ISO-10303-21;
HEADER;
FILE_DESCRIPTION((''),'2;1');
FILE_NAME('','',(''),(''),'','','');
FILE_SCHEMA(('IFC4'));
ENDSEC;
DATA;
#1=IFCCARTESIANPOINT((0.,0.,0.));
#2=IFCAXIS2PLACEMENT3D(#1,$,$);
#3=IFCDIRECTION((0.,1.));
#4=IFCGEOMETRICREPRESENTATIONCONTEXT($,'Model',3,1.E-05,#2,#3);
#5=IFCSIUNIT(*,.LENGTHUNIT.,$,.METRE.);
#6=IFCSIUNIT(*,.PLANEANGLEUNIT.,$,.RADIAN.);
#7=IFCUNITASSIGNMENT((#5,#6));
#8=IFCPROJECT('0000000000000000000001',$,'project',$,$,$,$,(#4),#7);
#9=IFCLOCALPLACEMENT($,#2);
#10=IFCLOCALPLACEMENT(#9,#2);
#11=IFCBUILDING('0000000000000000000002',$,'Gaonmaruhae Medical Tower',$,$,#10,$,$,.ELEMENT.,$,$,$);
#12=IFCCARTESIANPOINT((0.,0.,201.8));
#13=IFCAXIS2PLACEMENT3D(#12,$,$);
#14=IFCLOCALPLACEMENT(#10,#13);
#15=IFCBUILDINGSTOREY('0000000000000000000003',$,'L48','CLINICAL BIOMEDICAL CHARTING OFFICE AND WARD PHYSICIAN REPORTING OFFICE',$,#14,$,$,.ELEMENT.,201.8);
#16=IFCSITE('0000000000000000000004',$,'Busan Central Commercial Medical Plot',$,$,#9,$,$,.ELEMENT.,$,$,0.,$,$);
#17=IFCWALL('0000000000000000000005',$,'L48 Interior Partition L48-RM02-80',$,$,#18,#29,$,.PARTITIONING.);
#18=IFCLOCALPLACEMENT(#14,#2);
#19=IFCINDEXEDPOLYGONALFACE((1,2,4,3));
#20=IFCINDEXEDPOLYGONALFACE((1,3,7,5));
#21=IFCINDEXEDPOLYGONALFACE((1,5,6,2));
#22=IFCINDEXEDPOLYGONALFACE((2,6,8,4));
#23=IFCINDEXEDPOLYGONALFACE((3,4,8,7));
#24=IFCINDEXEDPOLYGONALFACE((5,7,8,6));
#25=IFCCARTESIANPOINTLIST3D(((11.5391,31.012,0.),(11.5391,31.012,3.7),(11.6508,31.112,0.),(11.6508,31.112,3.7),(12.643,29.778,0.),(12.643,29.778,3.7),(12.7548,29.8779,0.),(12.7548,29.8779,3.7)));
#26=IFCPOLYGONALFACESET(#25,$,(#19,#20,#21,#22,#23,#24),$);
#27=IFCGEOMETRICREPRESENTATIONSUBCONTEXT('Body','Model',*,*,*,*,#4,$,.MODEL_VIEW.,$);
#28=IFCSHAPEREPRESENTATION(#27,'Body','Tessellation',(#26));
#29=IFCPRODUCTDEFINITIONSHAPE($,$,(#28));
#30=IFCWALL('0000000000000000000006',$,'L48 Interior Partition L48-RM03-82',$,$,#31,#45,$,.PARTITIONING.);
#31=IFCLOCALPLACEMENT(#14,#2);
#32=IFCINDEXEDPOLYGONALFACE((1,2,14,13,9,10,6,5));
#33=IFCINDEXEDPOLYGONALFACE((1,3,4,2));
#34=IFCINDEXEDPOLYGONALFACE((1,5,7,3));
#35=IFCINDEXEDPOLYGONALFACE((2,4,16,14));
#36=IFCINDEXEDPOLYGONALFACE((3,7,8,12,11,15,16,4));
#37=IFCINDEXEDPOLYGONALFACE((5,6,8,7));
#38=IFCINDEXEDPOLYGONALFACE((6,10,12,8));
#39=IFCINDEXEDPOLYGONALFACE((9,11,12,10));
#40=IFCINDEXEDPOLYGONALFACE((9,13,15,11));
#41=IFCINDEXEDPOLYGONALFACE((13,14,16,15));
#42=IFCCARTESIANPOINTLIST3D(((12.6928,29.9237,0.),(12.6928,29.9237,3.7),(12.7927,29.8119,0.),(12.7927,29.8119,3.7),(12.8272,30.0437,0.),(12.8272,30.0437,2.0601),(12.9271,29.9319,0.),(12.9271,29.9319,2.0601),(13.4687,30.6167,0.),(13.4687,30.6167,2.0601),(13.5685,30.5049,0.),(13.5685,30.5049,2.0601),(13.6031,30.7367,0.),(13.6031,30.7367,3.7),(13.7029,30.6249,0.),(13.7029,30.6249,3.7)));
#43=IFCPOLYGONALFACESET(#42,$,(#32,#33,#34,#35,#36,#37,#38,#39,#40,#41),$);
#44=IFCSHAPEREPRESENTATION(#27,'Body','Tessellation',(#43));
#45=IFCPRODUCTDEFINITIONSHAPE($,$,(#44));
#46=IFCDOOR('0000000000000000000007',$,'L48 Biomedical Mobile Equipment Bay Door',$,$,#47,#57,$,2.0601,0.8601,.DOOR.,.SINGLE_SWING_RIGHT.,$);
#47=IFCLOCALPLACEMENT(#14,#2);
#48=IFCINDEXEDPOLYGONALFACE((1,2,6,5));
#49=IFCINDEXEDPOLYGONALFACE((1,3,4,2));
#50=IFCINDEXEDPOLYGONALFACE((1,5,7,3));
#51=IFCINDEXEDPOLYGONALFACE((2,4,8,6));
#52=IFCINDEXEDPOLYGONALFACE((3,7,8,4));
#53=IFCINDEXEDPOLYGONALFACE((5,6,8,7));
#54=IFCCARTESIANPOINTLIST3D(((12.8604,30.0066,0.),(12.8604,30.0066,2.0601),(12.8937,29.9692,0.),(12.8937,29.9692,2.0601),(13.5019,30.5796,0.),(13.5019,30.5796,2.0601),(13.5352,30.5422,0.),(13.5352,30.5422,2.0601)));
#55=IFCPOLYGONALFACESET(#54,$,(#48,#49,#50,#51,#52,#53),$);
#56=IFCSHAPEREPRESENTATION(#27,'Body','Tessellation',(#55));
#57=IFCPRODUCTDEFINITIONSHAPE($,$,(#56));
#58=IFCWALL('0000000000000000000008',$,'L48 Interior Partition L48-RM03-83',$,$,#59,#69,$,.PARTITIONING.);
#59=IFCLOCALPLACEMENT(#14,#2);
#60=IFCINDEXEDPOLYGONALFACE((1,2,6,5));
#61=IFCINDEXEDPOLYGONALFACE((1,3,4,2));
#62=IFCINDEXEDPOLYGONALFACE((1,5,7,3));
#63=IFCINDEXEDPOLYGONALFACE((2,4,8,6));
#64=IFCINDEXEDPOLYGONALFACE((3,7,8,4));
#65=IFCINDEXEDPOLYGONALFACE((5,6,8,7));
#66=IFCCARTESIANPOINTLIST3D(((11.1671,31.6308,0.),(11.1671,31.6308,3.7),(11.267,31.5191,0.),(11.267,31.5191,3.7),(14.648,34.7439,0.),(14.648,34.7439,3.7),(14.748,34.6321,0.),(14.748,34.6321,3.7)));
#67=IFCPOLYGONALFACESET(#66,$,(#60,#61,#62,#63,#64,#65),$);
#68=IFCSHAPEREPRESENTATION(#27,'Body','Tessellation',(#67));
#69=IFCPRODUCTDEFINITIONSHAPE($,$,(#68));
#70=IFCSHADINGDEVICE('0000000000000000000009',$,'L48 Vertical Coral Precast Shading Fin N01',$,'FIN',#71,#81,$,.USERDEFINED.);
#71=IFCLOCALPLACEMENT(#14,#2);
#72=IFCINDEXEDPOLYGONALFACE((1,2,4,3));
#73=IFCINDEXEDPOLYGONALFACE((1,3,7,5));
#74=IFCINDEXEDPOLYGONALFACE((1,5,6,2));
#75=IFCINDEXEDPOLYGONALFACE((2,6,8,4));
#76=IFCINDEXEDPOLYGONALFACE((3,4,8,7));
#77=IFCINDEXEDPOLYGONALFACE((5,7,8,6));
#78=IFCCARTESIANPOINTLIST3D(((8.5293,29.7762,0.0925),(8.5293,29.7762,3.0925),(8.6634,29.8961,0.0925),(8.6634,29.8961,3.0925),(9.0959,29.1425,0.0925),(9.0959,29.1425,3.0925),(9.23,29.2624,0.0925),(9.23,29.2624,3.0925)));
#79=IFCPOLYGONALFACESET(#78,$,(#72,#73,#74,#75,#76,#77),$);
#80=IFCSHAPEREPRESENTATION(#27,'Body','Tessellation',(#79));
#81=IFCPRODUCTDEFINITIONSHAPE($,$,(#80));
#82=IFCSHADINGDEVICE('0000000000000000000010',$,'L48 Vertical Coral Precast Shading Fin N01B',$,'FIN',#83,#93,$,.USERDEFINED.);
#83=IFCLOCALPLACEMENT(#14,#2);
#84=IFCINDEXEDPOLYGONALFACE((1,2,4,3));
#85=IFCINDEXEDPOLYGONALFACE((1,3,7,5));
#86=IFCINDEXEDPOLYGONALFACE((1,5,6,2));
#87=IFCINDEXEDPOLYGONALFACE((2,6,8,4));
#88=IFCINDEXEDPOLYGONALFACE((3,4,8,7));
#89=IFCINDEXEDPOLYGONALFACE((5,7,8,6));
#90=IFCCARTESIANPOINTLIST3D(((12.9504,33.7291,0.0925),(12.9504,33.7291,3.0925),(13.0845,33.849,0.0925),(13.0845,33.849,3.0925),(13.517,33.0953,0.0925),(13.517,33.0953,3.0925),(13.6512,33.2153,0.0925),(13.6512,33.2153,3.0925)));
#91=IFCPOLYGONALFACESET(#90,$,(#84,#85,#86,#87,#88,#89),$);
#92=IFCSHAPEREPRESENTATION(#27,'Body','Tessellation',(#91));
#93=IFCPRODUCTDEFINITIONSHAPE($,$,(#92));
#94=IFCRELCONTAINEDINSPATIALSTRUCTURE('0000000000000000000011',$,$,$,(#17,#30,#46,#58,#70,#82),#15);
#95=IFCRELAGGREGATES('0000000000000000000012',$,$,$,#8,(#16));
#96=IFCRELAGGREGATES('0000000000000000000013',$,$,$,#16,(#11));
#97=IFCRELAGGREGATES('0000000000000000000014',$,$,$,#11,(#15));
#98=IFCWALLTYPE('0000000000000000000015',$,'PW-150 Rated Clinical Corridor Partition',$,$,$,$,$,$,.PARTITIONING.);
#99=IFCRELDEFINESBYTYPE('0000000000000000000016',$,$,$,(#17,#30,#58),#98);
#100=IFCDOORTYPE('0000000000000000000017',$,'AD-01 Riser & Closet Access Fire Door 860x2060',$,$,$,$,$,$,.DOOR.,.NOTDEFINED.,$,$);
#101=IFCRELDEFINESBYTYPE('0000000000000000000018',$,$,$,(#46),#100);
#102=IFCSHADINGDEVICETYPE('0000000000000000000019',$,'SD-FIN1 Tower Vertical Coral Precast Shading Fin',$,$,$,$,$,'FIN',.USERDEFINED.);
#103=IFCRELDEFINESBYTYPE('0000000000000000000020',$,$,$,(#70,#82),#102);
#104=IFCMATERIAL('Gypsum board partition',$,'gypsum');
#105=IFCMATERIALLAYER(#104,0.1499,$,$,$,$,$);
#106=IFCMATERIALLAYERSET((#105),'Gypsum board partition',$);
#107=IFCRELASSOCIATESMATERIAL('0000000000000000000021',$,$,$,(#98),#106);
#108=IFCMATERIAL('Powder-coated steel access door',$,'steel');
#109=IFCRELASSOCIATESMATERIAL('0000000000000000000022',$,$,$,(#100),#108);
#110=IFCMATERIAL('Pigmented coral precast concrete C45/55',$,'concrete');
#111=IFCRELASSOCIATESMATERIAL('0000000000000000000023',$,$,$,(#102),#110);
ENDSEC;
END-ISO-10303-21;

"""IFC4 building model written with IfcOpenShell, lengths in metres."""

from ifc_helpers import new_model, si_unit, direction, frame, frame_2d, origin, origin_2d, place, context, subcontext, project, spatial, rectangle, extrude, material, layer, layer_set, type_object, element, fill, save


model = new_model("IFC4")

# Units and contexts
model_context = context("Model", 3, precision=1e-05, world=origin(), true_north=direction((0.0, 1.0)))
body_context = subcontext(model_context, "Body", "Model", "MODEL_VIEW")
ifc_project = project(units=[si_unit("LENGTHUNIT", "METRE"), si_unit("PLANEANGLEUNIT", "RADIAN")], contexts=[model_context])

# Site, building, storey
site_placement = place(None, origin())
site = spatial("IfcSite", under=ifc_project, at=site_placement, Name="Busan Central Commercial Medical Plot", CompositionType="ELEMENT", RefElevation=0.0)
building_placement = place(site_placement, origin())
building = spatial("IfcBuilding", under=site, at=building_placement, Name="Gaonmaruhae Medical Tower", CompositionType="ELEMENT")
storey_placement = place(building_placement, frame((0.0, 0.0, 201.8)))
storey = spatial("IfcBuildingStorey", under=building, at=storey_placement, Name="L48", Description="CLINICAL BIOMEDICAL CHARTING OFFICE AND WARD PHYSICIAN REPORTING OFFICE", CompositionType="ELEMENT", Elevation=201.8)

# Shared definitions
ifc_material_1 = material(Name="Gypsum board partition", Category="gypsum")
ifc_layer_1 = layer(ifc_material_1, 0.1499)
ifc_layer_set_1 = layer_set([ifc_layer_1], Name="Gypsum board partition")
wall_type_1 = type_object("IfcWallType", Name="PW-150 Rated Clinical Corridor Partition", PredefinedType="PARTITIONING", material=ifc_layer_set_1)

# Wall
wall_1_placement = place(storey_placement, frame((11.595, 31.062, 0.0), z_axis=(0.0, 0.0, 1.0), x_axis=(0.666722, -0.745307, 0.0)))
element("IfcWall", 1, at=wall_1_placement, inside=storey, type_object=wall_type_1, Name="L48 Interior Partition L48-RM02-80", PredefinedType="PARTITIONING", context=body_context, shape_type="SweptSolid", body=[
    extrude(rectangle(XDim=1.6558, YDim=0.1499, at=frame_2d((0.8279, 0.0))), origin(), (0.0, 0.0, 1.0), 3.7),
])

# Wall, opening, door
wall_2_placement = place(storey_placement, frame((13.6531, 30.6809, 0.0), z_axis=(0.0, 0.0, 1.0), x_axis=(-0.745796, -0.666175, 0.0)))
wall_2 = element("IfcWall", 2, at=wall_2_placement, inside=storey, type_object=wall_type_1, Name="L48 Interior Partition L48-RM03-82", PredefinedType="PARTITIONING", context=body_context, shape_type="SweptSolid", body=[
    extrude(rectangle(XDim=1.2205, YDim=0.1499, at=frame_2d((0.6104, 0.0))), origin(), (0.0, 0.0, 1.0), 3.7),
])
opening_1_placement = place(wall_2_placement, frame((0.1802, 0.0, 0.0)))
opening_1 = element("IfcOpeningElement", 3, at=opening_1_placement, cuts=wall_2, PredefinedType="OPENING", context=body_context, shape_type="SweptSolid", body=[
    extrude(rectangle(XDim=0.8601, YDim=2.0601, at=frame_2d((0.4302, 1.03))), frame((0.0, 0.085, 0.0), z_axis=(0.0, -1.0, 0.0), x_axis=(1.0, 0.0, 0.0)), (0.0, 0.0, 1.0), 0.1699),
])
ifc_material_2 = material(Name="Powder-coated steel access door", Category="steel")
door_type_1 = type_object("IfcDoorType", Name="AD-01 Riser & Closet Access Fire Door 860x2060", OperationType="NOTDEFINED", PredefinedType="DOOR", material=ifc_material_2)
door_1_placement = place(opening_1_placement, origin())
door_1 = element("IfcDoor", 4, at=door_1_placement, inside=storey, type_object=door_type_1, Name="L48 Biomedical Mobile Equipment Bay Door", OperationType="SINGLE_SWING_RIGHT", OverallHeight=2.0601, OverallWidth=0.8601, PredefinedType="DOOR", context=body_context, shape_type="SweptSolid", body=[
    extrude(rectangle(XDim=0.8601, YDim=2.0601, at=frame_2d((0.4302, 1.03))), frame((0.0, 0.0249, 0.0), z_axis=(0.0, -1.0, 0.0), x_axis=(1.0, 0.0, 0.0)), (0.0, 0.0, 1.0), 0.05),
])
fill(opening_1, door_1)

# Wall
wall_3_placement = place(storey_placement, frame((11.217, 31.575, 0.0), z_axis=(0.0, 0.0, 1.0), x_axis=(0.745401, 0.666616, 0.0)))
element("IfcWall", 5, at=wall_3_placement, inside=storey, type_object=wall_type_1, Name="L48 Interior Partition L48-RM03-83", PredefinedType="PARTITIONING", context=body_context, shape_type="SweptSolid", body=[
    extrude(rectangle(XDim=4.6699, YDim=0.1499, at=frame_2d((2.335, 0.0))), origin(), (0.0, 0.0, 1.0), 3.7),
])

# Shading devices
ifc_material_3 = material(Name="Pigmented coral precast concrete C45/55", Category="concrete")
shading_device_type = type_object("IfcShadingDeviceType", Name="SD-FIN1 Tower Vertical Coral Precast Shading Fin", ElementType="FIN", PredefinedType="USERDEFINED", material=ifc_material_3)
for number, where, z_axis, x_axis, name in (
    (6, (8.8796, 29.5193, 0.0925), (0.0, 0.0, 1.0), (0.745476, 0.666532, 0.0), "L48 Vertical Coral Precast Shading Fin N01"),
    (7, (13.3008, 33.4722, 0.0925), (0.0, 0.0, 1.0), (0.745476, 0.666532, 0.0), "L48 Vertical Coral Precast Shading Fin N01B"),
):
    element("IfcShadingDevice", number, at=place(storey_placement, frame(where, z_axis=z_axis, x_axis=x_axis)), inside=storey, type_object=shading_device_type, Name=name, ObjectType="FIN", PredefinedType="USERDEFINED", context=body_context, shape_type="SweptSolid", body=[
        extrude(rectangle(XDim=0.1799, YDim=0.8501, at=origin_2d()), origin(), (0.0, 0.0, 1.0), 3.0),
    ])

save(model, "model.ifc")
